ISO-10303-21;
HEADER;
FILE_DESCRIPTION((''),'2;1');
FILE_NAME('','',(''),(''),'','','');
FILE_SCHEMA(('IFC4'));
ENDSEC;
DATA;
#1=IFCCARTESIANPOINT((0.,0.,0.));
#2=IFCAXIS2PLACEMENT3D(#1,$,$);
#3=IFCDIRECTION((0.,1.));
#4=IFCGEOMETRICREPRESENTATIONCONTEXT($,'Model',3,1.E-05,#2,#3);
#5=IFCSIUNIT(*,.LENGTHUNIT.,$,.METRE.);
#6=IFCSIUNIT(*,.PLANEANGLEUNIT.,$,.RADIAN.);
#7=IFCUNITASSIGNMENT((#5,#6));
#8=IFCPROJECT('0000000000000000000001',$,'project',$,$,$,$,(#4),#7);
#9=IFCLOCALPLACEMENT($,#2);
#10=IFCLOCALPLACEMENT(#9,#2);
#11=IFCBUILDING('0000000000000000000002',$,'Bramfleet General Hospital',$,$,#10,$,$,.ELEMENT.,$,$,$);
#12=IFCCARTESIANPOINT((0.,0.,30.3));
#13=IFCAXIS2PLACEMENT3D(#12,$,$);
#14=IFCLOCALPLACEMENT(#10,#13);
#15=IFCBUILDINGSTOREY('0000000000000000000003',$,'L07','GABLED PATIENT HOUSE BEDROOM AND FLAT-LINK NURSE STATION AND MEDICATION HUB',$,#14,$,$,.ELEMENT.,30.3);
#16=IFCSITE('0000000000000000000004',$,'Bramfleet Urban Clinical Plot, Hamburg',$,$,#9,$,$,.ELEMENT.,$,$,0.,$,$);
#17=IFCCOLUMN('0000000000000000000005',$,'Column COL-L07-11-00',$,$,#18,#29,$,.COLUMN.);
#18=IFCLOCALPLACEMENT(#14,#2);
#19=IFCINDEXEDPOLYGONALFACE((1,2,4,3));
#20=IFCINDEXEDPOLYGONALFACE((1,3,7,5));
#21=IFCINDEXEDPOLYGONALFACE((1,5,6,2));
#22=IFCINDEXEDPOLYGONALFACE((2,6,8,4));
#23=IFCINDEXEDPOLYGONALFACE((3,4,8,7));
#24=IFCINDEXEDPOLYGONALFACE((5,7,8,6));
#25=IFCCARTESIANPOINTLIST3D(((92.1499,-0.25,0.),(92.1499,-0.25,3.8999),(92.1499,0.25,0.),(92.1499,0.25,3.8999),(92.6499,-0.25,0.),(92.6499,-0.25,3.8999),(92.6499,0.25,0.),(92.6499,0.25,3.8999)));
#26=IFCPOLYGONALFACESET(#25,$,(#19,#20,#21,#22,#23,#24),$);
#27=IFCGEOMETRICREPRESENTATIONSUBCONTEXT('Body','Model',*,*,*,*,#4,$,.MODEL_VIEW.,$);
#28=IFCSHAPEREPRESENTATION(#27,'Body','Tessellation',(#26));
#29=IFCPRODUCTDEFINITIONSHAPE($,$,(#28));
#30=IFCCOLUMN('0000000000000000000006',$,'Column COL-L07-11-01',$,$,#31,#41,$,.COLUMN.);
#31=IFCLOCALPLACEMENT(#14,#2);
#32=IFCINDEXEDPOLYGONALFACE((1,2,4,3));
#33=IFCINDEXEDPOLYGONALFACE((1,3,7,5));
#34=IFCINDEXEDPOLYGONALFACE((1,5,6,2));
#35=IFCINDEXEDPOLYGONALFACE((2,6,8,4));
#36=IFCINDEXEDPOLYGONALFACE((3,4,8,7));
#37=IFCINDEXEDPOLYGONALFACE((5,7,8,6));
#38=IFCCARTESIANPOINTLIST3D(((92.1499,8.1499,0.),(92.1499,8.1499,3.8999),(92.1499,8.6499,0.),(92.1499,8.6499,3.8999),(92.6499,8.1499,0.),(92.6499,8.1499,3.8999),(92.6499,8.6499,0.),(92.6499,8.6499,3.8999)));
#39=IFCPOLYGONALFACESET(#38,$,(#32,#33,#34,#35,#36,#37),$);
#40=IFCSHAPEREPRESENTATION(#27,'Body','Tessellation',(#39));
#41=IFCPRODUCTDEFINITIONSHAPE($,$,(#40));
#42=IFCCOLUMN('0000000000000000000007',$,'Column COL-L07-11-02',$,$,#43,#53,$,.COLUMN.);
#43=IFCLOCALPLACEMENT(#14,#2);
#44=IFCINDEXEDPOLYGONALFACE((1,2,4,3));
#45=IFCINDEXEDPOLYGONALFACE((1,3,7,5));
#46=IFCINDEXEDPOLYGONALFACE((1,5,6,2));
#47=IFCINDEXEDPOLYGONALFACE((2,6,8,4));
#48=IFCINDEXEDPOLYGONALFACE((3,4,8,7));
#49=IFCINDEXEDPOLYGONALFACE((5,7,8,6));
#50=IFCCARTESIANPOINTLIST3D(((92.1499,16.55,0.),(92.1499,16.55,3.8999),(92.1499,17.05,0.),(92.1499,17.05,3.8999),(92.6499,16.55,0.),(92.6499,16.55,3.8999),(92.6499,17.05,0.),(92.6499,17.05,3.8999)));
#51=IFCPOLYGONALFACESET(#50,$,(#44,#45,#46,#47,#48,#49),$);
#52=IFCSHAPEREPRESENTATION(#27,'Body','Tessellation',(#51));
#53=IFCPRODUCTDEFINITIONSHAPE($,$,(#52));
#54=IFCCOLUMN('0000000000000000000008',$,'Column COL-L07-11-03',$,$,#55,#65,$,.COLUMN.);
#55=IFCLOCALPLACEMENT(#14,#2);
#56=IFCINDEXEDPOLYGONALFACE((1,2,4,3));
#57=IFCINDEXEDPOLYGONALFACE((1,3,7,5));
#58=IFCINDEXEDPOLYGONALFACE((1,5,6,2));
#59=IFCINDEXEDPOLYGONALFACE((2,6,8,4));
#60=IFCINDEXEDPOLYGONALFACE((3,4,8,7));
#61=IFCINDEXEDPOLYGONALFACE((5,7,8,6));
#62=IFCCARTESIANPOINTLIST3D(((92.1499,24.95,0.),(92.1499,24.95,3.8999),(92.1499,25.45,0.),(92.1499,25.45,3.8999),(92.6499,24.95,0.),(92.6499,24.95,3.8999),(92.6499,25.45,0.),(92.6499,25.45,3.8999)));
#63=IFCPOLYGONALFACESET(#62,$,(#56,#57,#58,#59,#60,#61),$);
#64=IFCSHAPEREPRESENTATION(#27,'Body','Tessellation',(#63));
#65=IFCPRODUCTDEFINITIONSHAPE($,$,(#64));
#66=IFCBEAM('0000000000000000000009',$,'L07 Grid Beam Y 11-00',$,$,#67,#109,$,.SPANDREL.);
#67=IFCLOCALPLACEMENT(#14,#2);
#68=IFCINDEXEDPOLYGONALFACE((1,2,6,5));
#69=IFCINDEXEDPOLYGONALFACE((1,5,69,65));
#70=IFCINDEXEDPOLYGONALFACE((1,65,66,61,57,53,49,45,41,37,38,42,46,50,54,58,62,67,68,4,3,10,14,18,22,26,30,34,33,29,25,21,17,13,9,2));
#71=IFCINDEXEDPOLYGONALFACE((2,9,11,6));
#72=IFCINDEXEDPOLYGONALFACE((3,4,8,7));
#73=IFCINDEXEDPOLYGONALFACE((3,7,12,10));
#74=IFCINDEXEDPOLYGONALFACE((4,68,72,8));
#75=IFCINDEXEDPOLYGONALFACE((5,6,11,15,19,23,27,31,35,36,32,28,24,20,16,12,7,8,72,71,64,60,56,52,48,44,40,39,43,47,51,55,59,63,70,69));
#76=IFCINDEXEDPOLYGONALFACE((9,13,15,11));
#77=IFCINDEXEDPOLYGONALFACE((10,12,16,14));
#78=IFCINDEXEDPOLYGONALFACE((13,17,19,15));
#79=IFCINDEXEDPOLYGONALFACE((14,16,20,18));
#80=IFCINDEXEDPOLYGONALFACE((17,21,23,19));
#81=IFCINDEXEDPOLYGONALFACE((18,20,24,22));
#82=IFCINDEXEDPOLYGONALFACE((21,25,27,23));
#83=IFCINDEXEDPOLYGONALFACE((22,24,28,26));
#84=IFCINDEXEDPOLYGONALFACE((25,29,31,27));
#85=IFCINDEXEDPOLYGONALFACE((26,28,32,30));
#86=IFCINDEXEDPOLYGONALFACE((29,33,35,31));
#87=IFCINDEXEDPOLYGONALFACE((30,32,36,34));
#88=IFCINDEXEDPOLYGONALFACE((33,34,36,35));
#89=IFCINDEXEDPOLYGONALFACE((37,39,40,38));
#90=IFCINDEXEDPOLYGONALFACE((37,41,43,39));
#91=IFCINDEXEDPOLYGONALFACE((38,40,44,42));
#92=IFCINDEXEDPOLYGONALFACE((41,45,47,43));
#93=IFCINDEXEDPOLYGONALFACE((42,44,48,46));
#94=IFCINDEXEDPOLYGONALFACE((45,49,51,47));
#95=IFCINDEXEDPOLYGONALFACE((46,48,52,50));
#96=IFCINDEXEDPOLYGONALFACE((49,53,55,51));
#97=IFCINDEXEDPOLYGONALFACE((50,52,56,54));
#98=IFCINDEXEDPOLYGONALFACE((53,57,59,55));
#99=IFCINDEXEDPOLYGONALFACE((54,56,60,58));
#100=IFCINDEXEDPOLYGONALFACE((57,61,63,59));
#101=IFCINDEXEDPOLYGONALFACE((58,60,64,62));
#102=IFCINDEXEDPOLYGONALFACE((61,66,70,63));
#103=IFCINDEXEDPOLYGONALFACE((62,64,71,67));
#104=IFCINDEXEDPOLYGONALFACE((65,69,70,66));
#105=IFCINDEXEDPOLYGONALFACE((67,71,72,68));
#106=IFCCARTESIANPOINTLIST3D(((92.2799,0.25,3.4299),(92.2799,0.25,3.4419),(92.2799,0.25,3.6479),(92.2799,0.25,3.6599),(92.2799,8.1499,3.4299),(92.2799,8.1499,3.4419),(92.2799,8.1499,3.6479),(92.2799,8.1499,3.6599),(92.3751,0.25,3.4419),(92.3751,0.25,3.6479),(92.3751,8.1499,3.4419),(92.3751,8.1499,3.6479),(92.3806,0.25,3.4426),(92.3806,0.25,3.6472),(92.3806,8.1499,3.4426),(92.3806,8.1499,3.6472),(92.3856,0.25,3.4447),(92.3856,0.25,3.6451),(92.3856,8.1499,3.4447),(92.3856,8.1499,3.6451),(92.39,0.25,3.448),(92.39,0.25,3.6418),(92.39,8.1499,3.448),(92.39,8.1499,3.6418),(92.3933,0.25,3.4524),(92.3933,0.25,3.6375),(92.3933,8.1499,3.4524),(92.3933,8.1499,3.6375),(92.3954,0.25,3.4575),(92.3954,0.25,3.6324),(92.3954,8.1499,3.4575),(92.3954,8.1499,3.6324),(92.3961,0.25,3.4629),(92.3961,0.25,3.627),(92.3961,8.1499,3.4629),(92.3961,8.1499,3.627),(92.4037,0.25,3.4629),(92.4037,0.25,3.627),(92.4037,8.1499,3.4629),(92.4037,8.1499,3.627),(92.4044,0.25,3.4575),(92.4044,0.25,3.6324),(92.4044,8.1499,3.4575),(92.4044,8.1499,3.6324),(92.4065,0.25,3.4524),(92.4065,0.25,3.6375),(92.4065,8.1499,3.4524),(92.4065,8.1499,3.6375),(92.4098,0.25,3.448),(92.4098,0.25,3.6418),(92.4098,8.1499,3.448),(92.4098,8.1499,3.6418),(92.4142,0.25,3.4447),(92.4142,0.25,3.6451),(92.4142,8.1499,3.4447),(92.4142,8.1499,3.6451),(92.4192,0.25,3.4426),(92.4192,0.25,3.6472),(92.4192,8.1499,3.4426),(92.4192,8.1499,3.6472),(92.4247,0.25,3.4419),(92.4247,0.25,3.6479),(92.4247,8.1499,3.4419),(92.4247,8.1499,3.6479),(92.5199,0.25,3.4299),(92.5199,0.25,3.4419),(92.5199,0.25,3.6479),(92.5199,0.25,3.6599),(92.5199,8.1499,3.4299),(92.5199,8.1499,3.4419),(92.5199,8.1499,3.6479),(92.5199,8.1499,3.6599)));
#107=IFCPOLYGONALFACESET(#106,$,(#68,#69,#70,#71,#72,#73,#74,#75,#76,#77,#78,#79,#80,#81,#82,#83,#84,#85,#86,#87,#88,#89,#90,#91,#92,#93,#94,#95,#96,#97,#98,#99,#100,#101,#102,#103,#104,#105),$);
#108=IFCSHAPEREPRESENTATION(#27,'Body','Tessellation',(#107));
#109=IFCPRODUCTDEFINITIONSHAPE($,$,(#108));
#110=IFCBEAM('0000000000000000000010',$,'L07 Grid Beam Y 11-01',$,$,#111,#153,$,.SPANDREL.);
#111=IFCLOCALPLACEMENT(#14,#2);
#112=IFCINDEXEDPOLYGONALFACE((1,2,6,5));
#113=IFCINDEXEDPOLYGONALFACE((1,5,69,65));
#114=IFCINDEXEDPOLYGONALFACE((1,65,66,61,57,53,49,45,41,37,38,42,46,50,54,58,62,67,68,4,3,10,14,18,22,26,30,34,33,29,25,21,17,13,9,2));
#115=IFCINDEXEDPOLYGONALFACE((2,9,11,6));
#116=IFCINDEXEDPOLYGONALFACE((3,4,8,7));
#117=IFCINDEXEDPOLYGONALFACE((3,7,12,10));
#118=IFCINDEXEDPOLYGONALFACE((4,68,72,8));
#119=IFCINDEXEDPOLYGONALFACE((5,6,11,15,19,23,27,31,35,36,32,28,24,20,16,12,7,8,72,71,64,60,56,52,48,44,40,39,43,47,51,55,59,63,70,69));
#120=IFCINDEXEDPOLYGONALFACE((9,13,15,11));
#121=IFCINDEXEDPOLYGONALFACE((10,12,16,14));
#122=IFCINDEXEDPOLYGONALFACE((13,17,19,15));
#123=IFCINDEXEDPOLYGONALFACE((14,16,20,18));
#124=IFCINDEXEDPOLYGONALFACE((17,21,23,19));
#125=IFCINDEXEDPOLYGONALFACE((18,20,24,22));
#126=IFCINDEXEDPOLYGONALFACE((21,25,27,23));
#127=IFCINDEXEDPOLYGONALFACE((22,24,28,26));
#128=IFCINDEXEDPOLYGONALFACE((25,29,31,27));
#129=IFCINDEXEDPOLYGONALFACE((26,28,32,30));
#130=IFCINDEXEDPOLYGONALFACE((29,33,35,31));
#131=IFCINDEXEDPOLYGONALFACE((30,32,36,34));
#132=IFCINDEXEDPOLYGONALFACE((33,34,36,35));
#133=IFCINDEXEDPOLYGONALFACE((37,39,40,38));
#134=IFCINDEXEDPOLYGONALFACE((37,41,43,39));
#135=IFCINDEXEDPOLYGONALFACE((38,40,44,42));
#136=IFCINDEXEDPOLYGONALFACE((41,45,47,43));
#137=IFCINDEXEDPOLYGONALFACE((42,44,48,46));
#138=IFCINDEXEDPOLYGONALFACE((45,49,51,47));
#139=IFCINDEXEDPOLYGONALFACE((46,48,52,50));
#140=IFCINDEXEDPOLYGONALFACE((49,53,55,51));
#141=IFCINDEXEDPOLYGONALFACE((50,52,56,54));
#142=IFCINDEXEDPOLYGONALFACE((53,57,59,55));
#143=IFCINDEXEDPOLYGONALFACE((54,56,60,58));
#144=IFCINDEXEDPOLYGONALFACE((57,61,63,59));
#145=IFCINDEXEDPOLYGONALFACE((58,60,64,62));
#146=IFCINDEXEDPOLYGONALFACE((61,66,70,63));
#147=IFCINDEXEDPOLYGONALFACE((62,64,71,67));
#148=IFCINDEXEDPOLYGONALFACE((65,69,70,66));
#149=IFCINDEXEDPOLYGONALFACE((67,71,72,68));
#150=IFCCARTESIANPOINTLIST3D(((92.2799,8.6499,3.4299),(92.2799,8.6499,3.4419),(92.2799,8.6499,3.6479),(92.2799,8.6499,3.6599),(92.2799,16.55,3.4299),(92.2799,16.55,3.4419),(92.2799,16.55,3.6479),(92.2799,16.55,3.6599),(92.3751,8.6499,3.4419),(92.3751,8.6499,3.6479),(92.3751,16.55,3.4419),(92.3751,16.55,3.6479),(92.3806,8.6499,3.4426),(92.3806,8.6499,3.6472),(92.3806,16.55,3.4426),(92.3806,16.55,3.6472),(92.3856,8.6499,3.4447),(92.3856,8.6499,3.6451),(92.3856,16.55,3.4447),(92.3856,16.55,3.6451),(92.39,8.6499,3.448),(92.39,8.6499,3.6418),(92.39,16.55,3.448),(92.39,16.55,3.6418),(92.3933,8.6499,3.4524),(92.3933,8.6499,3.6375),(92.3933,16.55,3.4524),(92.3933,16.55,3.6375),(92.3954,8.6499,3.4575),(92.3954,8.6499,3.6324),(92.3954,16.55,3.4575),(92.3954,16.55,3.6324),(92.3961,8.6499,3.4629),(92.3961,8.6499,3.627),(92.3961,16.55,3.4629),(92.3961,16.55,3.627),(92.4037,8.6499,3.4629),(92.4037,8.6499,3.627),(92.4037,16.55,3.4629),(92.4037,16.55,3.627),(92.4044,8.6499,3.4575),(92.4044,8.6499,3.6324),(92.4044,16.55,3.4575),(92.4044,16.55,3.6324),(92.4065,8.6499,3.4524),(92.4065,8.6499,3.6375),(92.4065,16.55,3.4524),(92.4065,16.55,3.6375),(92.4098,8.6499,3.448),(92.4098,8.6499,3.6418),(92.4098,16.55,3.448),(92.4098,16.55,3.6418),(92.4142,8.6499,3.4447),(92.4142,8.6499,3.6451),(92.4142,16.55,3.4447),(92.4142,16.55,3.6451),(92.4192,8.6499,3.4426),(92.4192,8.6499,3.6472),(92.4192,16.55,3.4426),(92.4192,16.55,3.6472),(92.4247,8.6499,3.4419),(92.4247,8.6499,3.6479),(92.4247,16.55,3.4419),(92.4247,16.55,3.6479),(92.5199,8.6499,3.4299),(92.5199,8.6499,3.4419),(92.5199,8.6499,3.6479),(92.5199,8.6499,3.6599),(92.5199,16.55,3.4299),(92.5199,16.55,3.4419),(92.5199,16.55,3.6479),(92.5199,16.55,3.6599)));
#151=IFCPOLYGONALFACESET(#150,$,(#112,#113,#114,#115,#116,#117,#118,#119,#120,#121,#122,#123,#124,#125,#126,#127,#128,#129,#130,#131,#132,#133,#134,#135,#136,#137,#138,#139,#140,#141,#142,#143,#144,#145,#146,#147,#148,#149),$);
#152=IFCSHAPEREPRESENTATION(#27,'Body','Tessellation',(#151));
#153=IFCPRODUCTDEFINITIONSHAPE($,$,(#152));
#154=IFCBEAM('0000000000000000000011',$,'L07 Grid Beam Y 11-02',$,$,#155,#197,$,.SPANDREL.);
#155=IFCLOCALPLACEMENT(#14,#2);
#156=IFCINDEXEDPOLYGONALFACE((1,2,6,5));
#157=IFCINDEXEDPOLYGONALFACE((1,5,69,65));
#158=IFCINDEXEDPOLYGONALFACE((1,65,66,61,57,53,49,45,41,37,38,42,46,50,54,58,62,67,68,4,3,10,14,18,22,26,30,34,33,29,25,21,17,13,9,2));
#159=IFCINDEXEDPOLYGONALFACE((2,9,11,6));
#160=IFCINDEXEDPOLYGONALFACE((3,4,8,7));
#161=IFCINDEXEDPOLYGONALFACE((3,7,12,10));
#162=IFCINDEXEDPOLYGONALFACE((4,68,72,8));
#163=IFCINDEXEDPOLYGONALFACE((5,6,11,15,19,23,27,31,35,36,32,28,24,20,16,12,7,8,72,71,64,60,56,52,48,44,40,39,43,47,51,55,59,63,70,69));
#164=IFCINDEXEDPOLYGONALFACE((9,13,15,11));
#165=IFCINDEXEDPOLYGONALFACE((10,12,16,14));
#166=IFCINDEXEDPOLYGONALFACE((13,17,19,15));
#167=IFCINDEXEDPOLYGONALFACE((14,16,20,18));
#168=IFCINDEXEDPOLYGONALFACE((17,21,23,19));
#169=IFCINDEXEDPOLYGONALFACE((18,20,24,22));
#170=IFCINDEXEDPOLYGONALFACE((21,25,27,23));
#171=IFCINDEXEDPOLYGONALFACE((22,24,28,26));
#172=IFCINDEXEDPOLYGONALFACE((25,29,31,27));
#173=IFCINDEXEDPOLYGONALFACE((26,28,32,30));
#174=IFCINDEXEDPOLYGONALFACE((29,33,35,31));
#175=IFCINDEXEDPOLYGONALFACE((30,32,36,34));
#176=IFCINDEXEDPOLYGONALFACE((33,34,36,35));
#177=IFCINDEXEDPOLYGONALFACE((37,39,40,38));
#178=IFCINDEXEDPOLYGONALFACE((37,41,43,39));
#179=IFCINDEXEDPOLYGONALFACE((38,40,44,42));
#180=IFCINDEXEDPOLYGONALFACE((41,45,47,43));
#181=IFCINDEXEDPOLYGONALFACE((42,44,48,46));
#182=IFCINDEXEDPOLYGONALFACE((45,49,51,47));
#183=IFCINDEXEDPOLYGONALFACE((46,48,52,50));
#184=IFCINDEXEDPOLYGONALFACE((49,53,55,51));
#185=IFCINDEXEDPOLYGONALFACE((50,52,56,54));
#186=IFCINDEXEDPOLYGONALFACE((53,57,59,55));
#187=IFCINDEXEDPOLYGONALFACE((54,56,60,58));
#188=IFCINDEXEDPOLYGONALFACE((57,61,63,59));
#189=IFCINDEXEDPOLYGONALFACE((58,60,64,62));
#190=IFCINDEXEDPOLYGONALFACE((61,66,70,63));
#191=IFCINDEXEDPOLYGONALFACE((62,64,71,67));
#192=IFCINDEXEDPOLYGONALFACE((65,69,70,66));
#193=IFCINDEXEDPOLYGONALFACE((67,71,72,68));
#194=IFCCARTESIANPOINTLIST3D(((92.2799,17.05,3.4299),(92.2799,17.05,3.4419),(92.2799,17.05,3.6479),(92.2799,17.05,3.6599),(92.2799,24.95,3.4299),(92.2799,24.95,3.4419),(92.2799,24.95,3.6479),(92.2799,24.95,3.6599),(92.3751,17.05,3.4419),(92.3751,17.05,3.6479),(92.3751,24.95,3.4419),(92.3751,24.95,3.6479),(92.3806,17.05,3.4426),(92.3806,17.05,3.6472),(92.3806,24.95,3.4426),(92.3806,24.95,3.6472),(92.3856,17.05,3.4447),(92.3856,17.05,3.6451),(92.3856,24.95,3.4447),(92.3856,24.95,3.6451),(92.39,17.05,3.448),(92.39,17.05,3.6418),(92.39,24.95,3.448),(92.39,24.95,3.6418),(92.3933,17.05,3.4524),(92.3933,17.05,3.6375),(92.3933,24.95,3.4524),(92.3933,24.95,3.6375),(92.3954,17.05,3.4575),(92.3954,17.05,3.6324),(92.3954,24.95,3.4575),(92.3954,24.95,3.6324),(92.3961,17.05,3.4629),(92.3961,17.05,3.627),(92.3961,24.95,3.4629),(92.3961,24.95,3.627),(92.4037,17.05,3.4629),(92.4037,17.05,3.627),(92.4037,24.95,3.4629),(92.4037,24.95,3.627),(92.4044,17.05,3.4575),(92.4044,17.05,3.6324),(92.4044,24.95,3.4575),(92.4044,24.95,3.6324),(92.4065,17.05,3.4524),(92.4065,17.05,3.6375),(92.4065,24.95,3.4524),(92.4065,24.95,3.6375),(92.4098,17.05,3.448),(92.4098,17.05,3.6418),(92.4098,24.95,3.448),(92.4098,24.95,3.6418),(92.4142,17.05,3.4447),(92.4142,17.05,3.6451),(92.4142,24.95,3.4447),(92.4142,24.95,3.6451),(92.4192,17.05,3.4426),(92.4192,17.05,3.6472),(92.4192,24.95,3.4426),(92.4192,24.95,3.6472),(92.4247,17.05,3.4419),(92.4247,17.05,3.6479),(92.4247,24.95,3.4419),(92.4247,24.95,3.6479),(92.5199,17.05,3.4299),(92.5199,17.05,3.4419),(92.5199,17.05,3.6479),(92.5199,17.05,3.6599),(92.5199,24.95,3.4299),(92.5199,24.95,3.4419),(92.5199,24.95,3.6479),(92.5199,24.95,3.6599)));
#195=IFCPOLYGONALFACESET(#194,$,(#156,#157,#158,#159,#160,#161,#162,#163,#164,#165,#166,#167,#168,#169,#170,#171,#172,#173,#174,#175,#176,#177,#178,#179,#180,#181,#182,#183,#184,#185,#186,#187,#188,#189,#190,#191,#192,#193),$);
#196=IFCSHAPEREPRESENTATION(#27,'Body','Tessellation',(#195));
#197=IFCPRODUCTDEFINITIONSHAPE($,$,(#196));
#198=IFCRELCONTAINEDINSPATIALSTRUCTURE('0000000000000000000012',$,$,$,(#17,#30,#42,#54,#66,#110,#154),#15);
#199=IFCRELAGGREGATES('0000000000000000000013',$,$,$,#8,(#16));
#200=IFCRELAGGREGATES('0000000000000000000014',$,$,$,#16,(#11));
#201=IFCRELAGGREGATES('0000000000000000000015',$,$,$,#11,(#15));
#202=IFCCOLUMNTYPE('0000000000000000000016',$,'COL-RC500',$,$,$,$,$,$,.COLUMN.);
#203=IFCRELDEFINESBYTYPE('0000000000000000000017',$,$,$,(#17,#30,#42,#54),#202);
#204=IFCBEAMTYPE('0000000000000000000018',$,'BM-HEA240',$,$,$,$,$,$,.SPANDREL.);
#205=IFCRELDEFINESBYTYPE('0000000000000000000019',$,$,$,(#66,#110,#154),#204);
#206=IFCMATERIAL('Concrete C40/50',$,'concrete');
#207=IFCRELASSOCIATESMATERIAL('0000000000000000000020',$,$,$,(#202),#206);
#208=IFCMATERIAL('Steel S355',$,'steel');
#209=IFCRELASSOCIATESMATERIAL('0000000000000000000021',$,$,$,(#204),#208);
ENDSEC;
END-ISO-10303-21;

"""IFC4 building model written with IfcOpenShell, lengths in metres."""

from ifc_helpers import new_model, si_unit, direction, frame, origin, origin_2d, place, context, subcontext, project, spatial, rectangle, i_section, extrude, material, material_profile, profile_set, type_object, element, save


model = new_model("IFC4")

# Units and contexts
model_context = context("Model", 3, precision=1e-05, world=origin(), true_north=direction((0.0, 1.0)))
body_context = subcontext(model_context, "Body", "Model", "MODEL_VIEW")
ifc_project = project(units=[si_unit("LENGTHUNIT", "METRE"), si_unit("PLANEANGLEUNIT", "RADIAN")], contexts=[model_context])

# Site, building, storey
site_placement = place(None, origin())
site = spatial("IfcSite", under=ifc_project, at=site_placement, Name="Bramfleet Urban Clinical Plot, Hamburg", CompositionType="ELEMENT", RefElevation=0.0)
building_placement = place(site_placement, origin())
building = spatial("IfcBuilding", under=site, at=building_placement, Name="Bramfleet General Hospital", CompositionType="ELEMENT")
storey_placement = place(building_placement, frame((0.0, 0.0, 30.3)))
storey = spatial("IfcBuildingStorey", under=building, at=storey_placement, Name="L07", Description="GABLED PATIENT HOUSE BEDROOM AND FLAT-LINK NURSE STATION AND MEDICATION HUB", CompositionType="ELEMENT", Elevation=30.3)

# Columns
ifc_material_1 = material(Name="Concrete C40/50", Category="concrete")
ifc_material_profile_1 = material_profile(ifc_material_1, rectangle(XDim=0.5, YDim=0.5, at=origin_2d()), Name="RC COL 500x500")
ifc_profile_set_1 = profile_set([ifc_material_profile_1], Name="Concrete C40/50")
column_type = type_object("IfcColumnType", Name="COL-RC500", PredefinedType="COLUMN", material=ifc_profile_set_1)
for number, where, z_axis, x_axis, name in (
    (1, (92.3999, 0.0, 0.0), (0.0, 0.0, 1.0), (1.0, 0.0, 0.0), "Column COL-L07-11-00"),
    (2, (92.3999, 8.3999, 0.0), (0.0, 0.0, 1.0), (1.0, 0.0, 0.0), "Column COL-L07-11-01"),
    (3, (92.3999, 16.8, 0.0), (0.0, 0.0, 1.0), (1.0, 0.0, 0.0), "Column COL-L07-11-02"),
    (4, (92.3999, 25.2, 0.0), (0.0, 0.0, 1.0), (1.0, 0.0, 0.0), "Column COL-L07-11-03"),
):
    element("IfcColumn", number, at=place(storey_placement, frame(where, z_axis=z_axis, x_axis=x_axis)), inside=storey, type_object=column_type, Name=name, PredefinedType="COLUMN", context=body_context, shape_type="SweptSolid", body=[
        extrude(rectangle(XDim=0.5, YDim=0.5, at=origin_2d()), origin(), (0.0, 0.0, 1.0), 3.8999),
    ])

# Beams
ifc_material_2 = material(Name="Steel S355", Category="steel")
ifc_material_profile_2 = material_profile(ifc_material_2, i_section(OverallWidth=0.24, OverallDepth=0.23, WebThickness=0.0076, FlangeThickness=0.012, FilletRadius=0.021, at=origin_2d()), Name="HEA 240")
ifc_profile_set_2 = profile_set([ifc_material_profile_2], Name="Steel S355")
beam_type = type_object("IfcBeamType", Name="BM-HEA240", PredefinedType="SPANDREL", material=ifc_profile_set_2)
beam_1_placement = place(storey_placement, frame((92.3999, 0.25, 3.5449), z_axis=(0.0, 1.0, 0.0), x_axis=(-1.0, 0.0, 0.0)))
element("IfcBeam", 5, at=beam_1_placement, inside=storey, type_object=beam_type, Name="L07 Grid Beam Y 11-00", PredefinedType="SPANDREL", context=body_context, shape_type="SweptSolid", body=[
    extrude(i_section(OverallWidth=0.24, OverallDepth=0.23, WebThickness=0.0076, FlangeThickness=0.012, FilletRadius=0.021, at=origin_2d()), origin(), (0.0, 0.0, 1.0), 7.8999),
])
beam_2_placement = place(storey_placement, frame((92.3999, 8.6499, 3.5449), z_axis=(0.0, 1.0, 0.0), x_axis=(-1.0, 0.0, 0.0)))
element("IfcBeam", 6, at=beam_2_placement, inside=storey, type_object=beam_type, Name="L07 Grid Beam Y 11-01", PredefinedType="SPANDREL", context=body_context, shape_type="SweptSolid", body=[
    extrude(i_section(OverallWidth=0.24, OverallDepth=0.23, WebThickness=0.0076, FlangeThickness=0.012, FilletRadius=0.021, at=origin_2d()), origin(), (0.0, 0.0, 1.0), 7.9001),
])
beam_3_placement = place(storey_placement, frame((92.3999, 17.05, 3.5449), z_axis=(0.0, 1.0, 0.0), x_axis=(-1.0, 0.0, 0.0)))
element("IfcBeam", 7, at=beam_3_placement, inside=storey, type_object=beam_type, Name="L07 Grid Beam Y 11-02", PredefinedType="SPANDREL", context=body_context, shape_type="SweptSolid", body=[
    extrude(i_section(OverallWidth=0.24, OverallDepth=0.23, WebThickness=0.0076, FlangeThickness=0.012, FilletRadius=0.021, at=origin_2d()), origin(), (0.0, 0.0, 1.0), 7.8999),
])

save(model, "model.ifc")
